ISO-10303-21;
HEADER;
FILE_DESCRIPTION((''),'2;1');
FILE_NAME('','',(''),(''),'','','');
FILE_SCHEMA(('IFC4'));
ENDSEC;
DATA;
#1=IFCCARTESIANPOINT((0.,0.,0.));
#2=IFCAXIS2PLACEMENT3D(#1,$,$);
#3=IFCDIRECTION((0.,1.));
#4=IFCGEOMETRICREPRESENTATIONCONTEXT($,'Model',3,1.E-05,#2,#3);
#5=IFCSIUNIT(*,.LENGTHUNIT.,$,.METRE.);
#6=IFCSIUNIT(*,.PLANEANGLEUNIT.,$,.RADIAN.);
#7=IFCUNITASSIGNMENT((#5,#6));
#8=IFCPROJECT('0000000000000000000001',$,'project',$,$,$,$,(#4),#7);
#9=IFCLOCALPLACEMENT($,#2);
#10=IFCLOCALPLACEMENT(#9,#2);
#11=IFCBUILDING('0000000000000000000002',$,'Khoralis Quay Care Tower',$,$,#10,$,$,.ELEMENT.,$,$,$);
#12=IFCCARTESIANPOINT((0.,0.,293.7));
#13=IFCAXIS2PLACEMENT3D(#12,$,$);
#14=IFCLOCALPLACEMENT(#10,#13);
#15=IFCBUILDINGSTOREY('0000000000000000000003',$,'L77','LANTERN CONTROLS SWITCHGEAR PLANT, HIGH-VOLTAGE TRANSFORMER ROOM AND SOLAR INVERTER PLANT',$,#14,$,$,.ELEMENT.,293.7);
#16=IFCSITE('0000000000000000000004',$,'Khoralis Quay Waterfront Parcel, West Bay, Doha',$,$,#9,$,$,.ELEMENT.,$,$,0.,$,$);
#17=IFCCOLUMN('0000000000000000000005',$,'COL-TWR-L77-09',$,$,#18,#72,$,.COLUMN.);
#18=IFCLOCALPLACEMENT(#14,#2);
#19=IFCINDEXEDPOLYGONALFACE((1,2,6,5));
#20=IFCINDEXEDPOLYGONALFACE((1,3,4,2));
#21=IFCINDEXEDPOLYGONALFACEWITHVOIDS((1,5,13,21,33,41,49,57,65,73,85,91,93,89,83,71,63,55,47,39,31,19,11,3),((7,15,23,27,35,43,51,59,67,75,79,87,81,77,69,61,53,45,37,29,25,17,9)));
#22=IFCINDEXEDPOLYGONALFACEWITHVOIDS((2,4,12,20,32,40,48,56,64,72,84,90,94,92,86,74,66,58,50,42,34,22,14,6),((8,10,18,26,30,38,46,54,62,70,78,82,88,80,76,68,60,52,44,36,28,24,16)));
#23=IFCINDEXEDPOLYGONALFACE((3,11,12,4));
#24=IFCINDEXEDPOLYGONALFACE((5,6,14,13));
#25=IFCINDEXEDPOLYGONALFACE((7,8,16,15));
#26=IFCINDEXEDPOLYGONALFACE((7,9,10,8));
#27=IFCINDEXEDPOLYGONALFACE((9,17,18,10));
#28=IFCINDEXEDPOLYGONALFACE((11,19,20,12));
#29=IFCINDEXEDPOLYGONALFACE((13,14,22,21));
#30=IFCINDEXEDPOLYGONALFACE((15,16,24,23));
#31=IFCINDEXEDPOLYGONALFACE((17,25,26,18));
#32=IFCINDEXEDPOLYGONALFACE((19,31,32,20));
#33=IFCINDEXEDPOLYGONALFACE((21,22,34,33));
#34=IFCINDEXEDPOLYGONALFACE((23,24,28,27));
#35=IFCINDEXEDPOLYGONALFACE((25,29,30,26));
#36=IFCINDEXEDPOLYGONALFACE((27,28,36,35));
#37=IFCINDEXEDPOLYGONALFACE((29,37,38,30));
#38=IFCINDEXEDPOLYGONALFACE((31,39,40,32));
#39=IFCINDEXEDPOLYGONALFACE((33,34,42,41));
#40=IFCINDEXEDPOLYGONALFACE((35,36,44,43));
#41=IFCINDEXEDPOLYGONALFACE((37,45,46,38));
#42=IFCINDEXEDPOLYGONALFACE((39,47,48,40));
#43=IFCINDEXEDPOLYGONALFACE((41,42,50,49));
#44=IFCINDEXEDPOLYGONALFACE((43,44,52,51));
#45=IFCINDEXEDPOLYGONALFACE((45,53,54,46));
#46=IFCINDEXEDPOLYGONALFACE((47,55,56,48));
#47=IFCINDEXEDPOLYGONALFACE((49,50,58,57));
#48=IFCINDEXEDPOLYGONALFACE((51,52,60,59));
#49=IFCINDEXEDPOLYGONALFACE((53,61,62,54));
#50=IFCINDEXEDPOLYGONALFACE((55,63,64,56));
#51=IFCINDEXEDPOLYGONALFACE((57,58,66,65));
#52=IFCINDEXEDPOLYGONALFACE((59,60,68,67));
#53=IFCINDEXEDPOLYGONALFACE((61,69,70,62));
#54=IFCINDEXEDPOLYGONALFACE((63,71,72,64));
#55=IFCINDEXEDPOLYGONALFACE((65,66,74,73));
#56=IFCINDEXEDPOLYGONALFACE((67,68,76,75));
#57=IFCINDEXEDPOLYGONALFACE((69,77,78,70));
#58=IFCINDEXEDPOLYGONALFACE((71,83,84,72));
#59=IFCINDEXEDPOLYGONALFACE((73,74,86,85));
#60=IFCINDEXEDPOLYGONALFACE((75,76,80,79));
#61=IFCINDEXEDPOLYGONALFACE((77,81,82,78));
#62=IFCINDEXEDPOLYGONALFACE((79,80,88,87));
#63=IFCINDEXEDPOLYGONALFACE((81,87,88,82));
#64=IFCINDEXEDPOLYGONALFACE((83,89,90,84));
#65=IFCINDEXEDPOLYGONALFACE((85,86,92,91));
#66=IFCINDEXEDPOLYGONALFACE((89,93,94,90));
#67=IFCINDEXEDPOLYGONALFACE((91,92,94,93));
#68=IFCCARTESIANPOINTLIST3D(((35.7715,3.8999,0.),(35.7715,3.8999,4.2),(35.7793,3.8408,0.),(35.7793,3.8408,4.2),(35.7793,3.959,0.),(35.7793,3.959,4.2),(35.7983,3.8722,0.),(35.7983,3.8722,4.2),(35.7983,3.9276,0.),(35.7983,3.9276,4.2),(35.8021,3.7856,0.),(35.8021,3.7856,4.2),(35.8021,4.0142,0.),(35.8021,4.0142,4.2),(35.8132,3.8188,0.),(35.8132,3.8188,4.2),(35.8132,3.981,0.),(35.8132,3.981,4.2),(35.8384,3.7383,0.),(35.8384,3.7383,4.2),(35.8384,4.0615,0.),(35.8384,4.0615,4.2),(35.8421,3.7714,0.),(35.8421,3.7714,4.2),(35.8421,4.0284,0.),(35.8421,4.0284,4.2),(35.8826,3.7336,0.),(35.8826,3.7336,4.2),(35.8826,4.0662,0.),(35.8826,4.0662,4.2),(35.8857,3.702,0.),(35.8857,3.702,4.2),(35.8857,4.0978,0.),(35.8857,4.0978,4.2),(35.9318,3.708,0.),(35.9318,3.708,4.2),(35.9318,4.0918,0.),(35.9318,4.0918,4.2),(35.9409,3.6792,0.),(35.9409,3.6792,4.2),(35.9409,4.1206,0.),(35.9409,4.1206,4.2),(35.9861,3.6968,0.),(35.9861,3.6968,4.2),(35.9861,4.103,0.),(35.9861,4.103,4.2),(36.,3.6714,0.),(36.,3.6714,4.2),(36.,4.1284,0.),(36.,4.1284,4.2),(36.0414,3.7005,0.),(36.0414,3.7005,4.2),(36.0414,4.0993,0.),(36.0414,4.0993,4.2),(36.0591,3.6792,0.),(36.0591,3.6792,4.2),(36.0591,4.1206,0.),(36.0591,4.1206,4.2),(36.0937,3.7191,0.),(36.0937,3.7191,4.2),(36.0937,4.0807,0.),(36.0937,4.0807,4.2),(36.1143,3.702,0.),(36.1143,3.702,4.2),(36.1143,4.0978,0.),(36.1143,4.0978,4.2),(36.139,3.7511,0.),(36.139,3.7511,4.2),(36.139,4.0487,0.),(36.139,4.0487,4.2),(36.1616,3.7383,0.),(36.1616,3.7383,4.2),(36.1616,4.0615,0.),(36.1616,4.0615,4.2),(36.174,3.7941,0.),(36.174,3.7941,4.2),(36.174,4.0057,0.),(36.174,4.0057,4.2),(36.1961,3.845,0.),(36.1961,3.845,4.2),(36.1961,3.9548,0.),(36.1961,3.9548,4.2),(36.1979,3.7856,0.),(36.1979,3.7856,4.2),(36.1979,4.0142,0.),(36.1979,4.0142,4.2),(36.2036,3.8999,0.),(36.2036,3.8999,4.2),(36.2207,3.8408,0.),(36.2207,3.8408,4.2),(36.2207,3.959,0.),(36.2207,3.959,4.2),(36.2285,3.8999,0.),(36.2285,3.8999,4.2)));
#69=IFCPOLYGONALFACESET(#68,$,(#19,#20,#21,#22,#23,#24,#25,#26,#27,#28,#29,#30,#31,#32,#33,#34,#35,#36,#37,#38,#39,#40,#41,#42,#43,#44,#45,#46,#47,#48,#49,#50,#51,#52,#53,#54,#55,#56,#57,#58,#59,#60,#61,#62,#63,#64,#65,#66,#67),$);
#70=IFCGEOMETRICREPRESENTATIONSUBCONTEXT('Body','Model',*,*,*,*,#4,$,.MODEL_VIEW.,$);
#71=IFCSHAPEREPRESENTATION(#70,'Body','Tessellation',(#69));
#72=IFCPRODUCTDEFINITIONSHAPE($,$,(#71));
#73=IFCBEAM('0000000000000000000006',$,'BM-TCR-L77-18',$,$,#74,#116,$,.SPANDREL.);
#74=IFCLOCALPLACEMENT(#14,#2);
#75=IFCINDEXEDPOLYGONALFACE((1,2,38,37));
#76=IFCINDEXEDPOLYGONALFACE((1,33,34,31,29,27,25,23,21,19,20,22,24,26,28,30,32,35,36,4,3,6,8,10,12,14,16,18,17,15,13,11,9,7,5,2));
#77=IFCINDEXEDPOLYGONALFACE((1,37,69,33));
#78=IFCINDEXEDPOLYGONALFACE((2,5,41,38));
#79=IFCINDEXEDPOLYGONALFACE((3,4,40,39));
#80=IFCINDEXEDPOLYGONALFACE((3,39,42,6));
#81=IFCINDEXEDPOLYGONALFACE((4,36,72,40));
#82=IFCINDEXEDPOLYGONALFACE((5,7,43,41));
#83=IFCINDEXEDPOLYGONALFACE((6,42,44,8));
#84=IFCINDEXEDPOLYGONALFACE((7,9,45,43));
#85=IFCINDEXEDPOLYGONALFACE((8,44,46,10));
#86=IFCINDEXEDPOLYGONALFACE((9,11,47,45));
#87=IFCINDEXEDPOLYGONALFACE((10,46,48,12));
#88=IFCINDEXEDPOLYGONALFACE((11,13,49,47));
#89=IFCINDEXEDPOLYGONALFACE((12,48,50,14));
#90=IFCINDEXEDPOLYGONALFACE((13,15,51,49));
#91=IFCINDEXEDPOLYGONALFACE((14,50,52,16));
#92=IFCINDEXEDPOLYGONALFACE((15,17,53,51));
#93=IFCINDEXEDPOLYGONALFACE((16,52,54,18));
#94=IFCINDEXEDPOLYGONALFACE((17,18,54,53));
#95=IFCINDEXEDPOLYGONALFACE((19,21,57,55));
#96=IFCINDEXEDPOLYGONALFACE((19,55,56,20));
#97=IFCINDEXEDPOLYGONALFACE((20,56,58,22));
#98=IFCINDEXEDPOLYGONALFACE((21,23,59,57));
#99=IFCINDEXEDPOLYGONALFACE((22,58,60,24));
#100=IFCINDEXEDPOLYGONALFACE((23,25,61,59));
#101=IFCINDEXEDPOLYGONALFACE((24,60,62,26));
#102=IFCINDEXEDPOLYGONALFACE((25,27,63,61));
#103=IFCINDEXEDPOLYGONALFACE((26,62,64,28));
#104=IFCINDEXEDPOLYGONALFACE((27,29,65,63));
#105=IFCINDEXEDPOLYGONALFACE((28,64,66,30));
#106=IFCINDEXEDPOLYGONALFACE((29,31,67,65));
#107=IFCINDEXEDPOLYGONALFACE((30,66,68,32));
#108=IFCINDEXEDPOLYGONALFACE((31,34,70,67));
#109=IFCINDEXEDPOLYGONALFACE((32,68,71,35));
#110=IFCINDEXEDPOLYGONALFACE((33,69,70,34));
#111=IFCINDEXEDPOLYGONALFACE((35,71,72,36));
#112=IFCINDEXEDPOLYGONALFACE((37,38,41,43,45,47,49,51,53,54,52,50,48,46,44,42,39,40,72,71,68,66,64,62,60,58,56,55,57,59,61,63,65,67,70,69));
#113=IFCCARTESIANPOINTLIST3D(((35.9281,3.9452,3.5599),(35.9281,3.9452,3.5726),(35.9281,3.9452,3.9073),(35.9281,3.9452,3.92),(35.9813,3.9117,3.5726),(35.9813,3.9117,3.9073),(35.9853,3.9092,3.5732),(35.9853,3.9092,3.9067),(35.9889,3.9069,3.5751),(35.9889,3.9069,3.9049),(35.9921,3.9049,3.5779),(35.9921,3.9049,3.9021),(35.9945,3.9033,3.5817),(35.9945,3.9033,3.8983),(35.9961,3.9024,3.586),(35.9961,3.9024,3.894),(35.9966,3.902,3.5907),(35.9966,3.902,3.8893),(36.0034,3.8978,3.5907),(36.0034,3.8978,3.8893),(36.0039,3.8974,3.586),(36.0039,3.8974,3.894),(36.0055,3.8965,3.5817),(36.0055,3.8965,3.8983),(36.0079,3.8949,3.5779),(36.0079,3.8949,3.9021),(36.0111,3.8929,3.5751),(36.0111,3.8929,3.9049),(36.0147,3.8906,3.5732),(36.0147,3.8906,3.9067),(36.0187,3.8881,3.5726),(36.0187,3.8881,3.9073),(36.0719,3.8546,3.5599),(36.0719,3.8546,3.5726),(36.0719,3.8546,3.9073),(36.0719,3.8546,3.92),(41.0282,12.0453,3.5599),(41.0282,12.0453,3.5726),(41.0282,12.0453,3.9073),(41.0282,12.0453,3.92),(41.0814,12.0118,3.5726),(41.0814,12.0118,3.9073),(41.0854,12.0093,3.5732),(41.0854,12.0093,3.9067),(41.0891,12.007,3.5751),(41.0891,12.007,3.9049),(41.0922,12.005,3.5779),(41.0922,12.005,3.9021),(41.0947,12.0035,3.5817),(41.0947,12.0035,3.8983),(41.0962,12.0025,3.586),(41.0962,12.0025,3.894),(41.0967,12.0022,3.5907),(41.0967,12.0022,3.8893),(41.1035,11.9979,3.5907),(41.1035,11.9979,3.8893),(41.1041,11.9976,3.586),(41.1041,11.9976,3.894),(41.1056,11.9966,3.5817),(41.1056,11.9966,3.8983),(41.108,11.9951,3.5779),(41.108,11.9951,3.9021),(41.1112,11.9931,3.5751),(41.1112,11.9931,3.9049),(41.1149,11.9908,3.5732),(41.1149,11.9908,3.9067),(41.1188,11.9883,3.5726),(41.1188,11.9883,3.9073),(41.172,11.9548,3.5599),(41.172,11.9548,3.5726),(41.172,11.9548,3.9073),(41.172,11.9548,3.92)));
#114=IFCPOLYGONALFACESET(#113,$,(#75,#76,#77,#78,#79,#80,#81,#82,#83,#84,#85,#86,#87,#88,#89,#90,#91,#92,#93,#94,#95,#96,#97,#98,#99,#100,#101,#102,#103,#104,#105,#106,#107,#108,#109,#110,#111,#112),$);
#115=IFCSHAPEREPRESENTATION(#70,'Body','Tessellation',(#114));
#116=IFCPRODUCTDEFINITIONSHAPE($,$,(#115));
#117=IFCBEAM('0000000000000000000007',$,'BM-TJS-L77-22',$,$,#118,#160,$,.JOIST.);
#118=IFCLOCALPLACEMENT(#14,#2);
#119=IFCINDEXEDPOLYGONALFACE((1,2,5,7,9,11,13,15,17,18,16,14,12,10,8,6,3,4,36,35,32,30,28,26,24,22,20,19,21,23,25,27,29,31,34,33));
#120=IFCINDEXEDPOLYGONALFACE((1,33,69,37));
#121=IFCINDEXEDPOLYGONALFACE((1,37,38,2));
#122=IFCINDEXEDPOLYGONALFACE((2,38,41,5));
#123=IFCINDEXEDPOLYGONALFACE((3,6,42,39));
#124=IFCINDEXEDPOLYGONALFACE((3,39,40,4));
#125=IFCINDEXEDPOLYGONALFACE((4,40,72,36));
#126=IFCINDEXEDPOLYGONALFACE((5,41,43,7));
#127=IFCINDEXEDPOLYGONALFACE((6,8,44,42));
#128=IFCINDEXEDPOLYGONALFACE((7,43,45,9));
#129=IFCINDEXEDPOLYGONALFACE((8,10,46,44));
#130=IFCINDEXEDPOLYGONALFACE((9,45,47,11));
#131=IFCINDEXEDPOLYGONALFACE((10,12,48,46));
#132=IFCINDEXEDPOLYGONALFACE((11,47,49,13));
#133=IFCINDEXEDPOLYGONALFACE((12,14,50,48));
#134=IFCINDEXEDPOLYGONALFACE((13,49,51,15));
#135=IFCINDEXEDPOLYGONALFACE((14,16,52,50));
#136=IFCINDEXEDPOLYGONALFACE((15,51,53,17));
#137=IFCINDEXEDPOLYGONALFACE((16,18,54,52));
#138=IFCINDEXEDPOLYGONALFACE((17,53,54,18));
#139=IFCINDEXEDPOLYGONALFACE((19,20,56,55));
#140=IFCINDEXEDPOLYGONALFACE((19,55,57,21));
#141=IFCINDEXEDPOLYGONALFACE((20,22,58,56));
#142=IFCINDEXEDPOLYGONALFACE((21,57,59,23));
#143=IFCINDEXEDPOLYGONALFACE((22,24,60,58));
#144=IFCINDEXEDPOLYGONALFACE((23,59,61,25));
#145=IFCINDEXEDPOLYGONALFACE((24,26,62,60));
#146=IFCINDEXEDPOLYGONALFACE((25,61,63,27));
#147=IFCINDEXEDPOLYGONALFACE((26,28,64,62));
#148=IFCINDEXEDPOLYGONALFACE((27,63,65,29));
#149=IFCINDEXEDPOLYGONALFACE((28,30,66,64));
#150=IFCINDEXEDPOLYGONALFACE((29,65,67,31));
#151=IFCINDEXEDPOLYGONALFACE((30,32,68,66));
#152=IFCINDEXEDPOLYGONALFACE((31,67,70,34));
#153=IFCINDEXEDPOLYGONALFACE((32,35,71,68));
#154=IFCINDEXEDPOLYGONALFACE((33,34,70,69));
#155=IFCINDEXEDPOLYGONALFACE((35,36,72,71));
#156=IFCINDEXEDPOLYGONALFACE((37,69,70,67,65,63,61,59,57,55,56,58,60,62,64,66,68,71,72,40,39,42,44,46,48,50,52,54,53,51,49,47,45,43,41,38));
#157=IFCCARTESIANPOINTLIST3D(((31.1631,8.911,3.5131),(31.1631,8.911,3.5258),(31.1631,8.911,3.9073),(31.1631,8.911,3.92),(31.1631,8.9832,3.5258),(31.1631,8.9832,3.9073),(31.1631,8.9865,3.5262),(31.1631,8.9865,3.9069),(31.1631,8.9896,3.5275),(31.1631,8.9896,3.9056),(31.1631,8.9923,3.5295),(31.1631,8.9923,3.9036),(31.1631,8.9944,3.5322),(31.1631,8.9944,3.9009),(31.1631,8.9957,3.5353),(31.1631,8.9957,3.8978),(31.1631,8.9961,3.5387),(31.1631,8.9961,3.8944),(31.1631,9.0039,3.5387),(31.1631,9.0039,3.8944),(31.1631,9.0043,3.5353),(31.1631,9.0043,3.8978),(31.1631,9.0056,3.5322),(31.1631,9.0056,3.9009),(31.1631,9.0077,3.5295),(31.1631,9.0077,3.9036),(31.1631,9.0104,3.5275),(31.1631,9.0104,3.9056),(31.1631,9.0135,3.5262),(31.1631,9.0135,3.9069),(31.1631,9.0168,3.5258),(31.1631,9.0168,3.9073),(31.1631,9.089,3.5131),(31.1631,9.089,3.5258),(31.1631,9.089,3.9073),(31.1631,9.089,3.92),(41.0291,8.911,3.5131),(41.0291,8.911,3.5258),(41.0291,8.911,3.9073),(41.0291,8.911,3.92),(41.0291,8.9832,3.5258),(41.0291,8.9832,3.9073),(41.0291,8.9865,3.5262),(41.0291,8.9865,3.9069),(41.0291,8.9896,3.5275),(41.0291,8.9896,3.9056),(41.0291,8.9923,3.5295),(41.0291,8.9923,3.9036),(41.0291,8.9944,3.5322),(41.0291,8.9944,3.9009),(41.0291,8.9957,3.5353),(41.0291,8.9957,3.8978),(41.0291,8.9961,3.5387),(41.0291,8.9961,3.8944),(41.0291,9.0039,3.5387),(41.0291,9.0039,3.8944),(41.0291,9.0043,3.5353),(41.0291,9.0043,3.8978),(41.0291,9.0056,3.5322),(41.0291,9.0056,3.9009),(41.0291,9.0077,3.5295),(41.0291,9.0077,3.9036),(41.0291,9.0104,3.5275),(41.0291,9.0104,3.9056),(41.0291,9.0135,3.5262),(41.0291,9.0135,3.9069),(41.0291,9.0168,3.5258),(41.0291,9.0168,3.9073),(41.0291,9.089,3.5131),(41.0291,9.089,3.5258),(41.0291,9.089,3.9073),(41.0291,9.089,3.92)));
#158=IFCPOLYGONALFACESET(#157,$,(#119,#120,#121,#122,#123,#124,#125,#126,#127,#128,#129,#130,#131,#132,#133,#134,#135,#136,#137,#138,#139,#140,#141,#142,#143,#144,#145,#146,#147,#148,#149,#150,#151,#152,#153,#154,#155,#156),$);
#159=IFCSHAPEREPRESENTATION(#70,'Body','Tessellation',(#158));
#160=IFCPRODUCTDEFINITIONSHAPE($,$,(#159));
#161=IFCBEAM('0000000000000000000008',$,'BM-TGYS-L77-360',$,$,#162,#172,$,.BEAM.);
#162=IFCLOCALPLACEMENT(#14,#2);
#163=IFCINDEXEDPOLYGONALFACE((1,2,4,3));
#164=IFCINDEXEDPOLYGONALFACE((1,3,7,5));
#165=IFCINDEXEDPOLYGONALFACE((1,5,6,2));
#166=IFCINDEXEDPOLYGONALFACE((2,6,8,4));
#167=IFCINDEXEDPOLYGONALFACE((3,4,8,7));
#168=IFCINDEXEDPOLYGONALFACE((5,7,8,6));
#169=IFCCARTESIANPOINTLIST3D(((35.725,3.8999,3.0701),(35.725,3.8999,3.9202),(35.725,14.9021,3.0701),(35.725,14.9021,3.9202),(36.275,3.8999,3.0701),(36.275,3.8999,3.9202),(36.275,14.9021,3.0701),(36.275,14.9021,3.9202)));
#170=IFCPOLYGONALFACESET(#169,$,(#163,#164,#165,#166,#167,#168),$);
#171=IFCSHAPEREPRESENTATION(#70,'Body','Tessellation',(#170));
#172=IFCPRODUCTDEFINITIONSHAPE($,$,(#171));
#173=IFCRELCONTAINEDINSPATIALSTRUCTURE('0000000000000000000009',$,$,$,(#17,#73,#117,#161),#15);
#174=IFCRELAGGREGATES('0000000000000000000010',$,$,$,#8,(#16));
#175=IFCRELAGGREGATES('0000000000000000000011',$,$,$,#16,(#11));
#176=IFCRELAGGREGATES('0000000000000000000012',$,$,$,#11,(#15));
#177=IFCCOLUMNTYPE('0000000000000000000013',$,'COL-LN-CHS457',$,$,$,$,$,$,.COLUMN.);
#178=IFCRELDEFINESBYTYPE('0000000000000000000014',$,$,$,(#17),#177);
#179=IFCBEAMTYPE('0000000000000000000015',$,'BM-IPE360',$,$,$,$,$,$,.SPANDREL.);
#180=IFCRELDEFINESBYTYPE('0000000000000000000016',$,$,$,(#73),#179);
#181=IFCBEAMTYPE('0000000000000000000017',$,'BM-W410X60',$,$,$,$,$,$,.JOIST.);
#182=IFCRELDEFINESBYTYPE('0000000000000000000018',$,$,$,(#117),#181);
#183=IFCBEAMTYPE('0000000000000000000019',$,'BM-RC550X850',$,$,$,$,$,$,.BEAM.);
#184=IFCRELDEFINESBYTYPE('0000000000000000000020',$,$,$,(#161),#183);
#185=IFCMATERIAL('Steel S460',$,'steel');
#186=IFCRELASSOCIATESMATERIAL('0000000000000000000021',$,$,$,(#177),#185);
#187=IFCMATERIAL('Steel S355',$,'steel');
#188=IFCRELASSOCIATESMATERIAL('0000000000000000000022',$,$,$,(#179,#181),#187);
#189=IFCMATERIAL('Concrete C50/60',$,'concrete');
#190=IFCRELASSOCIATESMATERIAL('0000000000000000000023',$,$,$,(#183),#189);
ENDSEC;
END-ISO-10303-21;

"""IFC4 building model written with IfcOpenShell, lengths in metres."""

from ifc_helpers import new_model, si_unit, direction, frame, origin, origin_2d, place, context, subcontext, project, spatial, rectangle, hollow_circle, i_section, extrude, source, transform, mapped, material, material_profile, profile_set, type_object, element, save


model = new_model("IFC4")

# Units and contexts
model_context = context("Model", 3, precision=1e-05, world=origin(), true_north=direction((0.0, 1.0)))
body_context = subcontext(model_context, "Body", "Model", "MODEL_VIEW")
ifc_project = project(units=[si_unit("LENGTHUNIT", "METRE"), si_unit("PLANEANGLEUNIT", "RADIAN")], contexts=[model_context])

# Site, building, storey
site_placement = place(None, origin())
site = spatial("IfcSite", under=ifc_project, at=site_placement, Name="Khoralis Quay Waterfront Parcel, West Bay, Doha", CompositionType="ELEMENT", RefElevation=0.0)
building_placement = place(site_placement, origin())
building = spatial("IfcBuilding", under=site, at=building_placement, Name="Khoralis Quay Care Tower", CompositionType="ELEMENT")
storey_placement = place(building_placement, frame((0.0, 0.0, 293.7)))
storey = spatial("IfcBuildingStorey", under=building, at=storey_placement, Name="L77", Description="LANTERN CONTROLS SWITCHGEAR PLANT, HIGH-VOLTAGE TRANSFORMER ROOM AND SOLAR INVERTER PLANT", CompositionType="ELEMENT", Elevation=293.7)

# Column
ifc_material_1 = material(Name="Steel S460", Category="steel")
ifc_material_profile_1 = material_profile(ifc_material_1, hollow_circle(Radius=0.2285, WallThickness=0.0249, at=origin_2d()), Name="Steel S460")
ifc_profile_set_1 = profile_set([ifc_material_profile_1], Name="Steel S460")
column_type = type_object("IfcColumnType", Name="COL-LN-CHS457", PredefinedType="COLUMN", material=ifc_profile_set_1)
shared_shape_1 = source(origin(), body_context, "Body", "SweptSolid", [
    extrude(hollow_circle(Radius=0.2285, WallThickness=0.0249, at=origin_2d()), origin(), (0.0, 0.0, 1.0), 4.2),
])
column_placement = place(storey_placement, frame((36.0, 3.8999, 0.0), z_axis=(0.0, 0.0, 1.0), x_axis=(1.0, 0.0, 0.0)))
element("IfcColumn", 1, at=column_placement, inside=storey, type_object=column_type, Name="COL-TWR-L77-09", PredefinedType="COLUMN", context=body_context, shape_type="MappedRepresentation", body=[
    mapped(shared_shape_1, transform((0.0, 0.0, 0.0), scale=1.0)),
])

# Beams
ifc_material_2 = material(Name="Steel S355", Category="steel")
ifc_material_profile_2 = material_profile(ifc_material_2, i_section(OverallWidth=0.1699, OverallDepth=0.3601, WebThickness=0.0081, FlangeThickness=0.0127, FilletRadius=0.0181, at=origin_2d()), Name="Steel S355")
ifc_profile_set_2 = profile_set([ifc_material_profile_2], Name="Steel S355")
beam_type_1 = type_object("IfcBeamType", Name="BM-IPE360", PredefinedType="SPANDREL", material=ifc_profile_set_2)
shared_shape_2 = source(origin(), body_context, "Body", "SweptSolid", [
    extrude(i_section(OverallWidth=0.1699, OverallDepth=0.3601, WebThickness=0.0081, FlangeThickness=0.0127, FilletRadius=0.0181, at=origin_2d()), origin(), (0.0, 0.0, 1.0), 9.572),
])
beam_1_placement = place(storey_placement, frame((36.0, 3.8999, 3.74), z_axis=(0.532816, 0.846231, 0.0), x_axis=(-0.846231, 0.532816, 0.0)))
element("IfcBeam", 2, at=beam_1_placement, inside=storey, type_object=beam_type_1, Name="BM-TCR-L77-18", PredefinedType="SPANDREL", context=body_context, shape_type="MappedRepresentation", body=[
    mapped(shared_shape_2, transform((0.0, 0.0, 0.0), scale=1.0)),
])
ifc_material_profile_3 = material_profile(ifc_material_2, i_section(OverallWidth=0.178, OverallDepth=0.407, WebThickness=0.0078, FlangeThickness=0.0127, FilletRadius=0.0129, at=origin_2d()), Name="Steel S355")
ifc_profile_set_3 = profile_set([ifc_material_profile_3], Name="Steel S355")
beam_type_2 = type_object("IfcBeamType", Name="BM-W410X60", PredefinedType="JOIST", material=ifc_profile_set_3)
shared_shape_3 = source(origin(), body_context, "Body", "SweptSolid", [
    extrude(i_section(OverallWidth=0.178, OverallDepth=0.407, WebThickness=0.0078, FlangeThickness=0.0127, FilletRadius=0.0129, at=origin_2d()), origin(), (0.0, 0.0, 1.0), 9.866),
])
beam_2_placement = place(storey_placement, frame((31.1631, 9.0, 3.7166), z_axis=(1.0, 0.0, 0.0), x_axis=(0.0, 1.0, 0.0)))
element("IfcBeam", 3, at=beam_2_placement, inside=storey, type_object=beam_type_2, Name="BM-TJS-L77-22", PredefinedType="JOIST", context=body_context, shape_type="MappedRepresentation", body=[
    mapped(shared_shape_3, transform((0.0, 0.0, 0.0), scale=1.0)),
])
ifc_material_3 = material(Name="Concrete C50/60", Category="concrete")
ifc_material_profile_4 = material_profile(ifc_material_3, rectangle(XDim=0.55, YDim=0.8501, at=origin_2d()), Name="Concrete C50/60")
ifc_profile_set_4 = profile_set([ifc_material_profile_4], Name="Concrete C50/60")
beam_type_3 = type_object("IfcBeamType", Name="BM-RC550X850", PredefinedType="BEAM", material=ifc_profile_set_4)
shared_shape_4 = source(origin(), body_context, "Body", "SweptSolid", [
    extrude(rectangle(XDim=0.55, YDim=0.8501, at=origin_2d()), origin(), (0.0, 0.0, 1.0), 11.0022),
])
beam_3_placement = place(storey_placement, frame((36.0, 3.8999, 3.4951), z_axis=(0.0, 1.0, 0.0), x_axis=(-1.0, 0.0, 0.0)))
element("IfcBeam", 4, at=beam_3_placement, inside=storey, type_object=beam_type_3, Name="BM-TGYS-L77-360", PredefinedType="BEAM", context=body_context, shape_type="MappedRepresentation", body=[
    mapped(shared_shape_4, transform((0.0, 0.0, 0.0), scale=1.0)),
])

save(model, "model.ifc")
